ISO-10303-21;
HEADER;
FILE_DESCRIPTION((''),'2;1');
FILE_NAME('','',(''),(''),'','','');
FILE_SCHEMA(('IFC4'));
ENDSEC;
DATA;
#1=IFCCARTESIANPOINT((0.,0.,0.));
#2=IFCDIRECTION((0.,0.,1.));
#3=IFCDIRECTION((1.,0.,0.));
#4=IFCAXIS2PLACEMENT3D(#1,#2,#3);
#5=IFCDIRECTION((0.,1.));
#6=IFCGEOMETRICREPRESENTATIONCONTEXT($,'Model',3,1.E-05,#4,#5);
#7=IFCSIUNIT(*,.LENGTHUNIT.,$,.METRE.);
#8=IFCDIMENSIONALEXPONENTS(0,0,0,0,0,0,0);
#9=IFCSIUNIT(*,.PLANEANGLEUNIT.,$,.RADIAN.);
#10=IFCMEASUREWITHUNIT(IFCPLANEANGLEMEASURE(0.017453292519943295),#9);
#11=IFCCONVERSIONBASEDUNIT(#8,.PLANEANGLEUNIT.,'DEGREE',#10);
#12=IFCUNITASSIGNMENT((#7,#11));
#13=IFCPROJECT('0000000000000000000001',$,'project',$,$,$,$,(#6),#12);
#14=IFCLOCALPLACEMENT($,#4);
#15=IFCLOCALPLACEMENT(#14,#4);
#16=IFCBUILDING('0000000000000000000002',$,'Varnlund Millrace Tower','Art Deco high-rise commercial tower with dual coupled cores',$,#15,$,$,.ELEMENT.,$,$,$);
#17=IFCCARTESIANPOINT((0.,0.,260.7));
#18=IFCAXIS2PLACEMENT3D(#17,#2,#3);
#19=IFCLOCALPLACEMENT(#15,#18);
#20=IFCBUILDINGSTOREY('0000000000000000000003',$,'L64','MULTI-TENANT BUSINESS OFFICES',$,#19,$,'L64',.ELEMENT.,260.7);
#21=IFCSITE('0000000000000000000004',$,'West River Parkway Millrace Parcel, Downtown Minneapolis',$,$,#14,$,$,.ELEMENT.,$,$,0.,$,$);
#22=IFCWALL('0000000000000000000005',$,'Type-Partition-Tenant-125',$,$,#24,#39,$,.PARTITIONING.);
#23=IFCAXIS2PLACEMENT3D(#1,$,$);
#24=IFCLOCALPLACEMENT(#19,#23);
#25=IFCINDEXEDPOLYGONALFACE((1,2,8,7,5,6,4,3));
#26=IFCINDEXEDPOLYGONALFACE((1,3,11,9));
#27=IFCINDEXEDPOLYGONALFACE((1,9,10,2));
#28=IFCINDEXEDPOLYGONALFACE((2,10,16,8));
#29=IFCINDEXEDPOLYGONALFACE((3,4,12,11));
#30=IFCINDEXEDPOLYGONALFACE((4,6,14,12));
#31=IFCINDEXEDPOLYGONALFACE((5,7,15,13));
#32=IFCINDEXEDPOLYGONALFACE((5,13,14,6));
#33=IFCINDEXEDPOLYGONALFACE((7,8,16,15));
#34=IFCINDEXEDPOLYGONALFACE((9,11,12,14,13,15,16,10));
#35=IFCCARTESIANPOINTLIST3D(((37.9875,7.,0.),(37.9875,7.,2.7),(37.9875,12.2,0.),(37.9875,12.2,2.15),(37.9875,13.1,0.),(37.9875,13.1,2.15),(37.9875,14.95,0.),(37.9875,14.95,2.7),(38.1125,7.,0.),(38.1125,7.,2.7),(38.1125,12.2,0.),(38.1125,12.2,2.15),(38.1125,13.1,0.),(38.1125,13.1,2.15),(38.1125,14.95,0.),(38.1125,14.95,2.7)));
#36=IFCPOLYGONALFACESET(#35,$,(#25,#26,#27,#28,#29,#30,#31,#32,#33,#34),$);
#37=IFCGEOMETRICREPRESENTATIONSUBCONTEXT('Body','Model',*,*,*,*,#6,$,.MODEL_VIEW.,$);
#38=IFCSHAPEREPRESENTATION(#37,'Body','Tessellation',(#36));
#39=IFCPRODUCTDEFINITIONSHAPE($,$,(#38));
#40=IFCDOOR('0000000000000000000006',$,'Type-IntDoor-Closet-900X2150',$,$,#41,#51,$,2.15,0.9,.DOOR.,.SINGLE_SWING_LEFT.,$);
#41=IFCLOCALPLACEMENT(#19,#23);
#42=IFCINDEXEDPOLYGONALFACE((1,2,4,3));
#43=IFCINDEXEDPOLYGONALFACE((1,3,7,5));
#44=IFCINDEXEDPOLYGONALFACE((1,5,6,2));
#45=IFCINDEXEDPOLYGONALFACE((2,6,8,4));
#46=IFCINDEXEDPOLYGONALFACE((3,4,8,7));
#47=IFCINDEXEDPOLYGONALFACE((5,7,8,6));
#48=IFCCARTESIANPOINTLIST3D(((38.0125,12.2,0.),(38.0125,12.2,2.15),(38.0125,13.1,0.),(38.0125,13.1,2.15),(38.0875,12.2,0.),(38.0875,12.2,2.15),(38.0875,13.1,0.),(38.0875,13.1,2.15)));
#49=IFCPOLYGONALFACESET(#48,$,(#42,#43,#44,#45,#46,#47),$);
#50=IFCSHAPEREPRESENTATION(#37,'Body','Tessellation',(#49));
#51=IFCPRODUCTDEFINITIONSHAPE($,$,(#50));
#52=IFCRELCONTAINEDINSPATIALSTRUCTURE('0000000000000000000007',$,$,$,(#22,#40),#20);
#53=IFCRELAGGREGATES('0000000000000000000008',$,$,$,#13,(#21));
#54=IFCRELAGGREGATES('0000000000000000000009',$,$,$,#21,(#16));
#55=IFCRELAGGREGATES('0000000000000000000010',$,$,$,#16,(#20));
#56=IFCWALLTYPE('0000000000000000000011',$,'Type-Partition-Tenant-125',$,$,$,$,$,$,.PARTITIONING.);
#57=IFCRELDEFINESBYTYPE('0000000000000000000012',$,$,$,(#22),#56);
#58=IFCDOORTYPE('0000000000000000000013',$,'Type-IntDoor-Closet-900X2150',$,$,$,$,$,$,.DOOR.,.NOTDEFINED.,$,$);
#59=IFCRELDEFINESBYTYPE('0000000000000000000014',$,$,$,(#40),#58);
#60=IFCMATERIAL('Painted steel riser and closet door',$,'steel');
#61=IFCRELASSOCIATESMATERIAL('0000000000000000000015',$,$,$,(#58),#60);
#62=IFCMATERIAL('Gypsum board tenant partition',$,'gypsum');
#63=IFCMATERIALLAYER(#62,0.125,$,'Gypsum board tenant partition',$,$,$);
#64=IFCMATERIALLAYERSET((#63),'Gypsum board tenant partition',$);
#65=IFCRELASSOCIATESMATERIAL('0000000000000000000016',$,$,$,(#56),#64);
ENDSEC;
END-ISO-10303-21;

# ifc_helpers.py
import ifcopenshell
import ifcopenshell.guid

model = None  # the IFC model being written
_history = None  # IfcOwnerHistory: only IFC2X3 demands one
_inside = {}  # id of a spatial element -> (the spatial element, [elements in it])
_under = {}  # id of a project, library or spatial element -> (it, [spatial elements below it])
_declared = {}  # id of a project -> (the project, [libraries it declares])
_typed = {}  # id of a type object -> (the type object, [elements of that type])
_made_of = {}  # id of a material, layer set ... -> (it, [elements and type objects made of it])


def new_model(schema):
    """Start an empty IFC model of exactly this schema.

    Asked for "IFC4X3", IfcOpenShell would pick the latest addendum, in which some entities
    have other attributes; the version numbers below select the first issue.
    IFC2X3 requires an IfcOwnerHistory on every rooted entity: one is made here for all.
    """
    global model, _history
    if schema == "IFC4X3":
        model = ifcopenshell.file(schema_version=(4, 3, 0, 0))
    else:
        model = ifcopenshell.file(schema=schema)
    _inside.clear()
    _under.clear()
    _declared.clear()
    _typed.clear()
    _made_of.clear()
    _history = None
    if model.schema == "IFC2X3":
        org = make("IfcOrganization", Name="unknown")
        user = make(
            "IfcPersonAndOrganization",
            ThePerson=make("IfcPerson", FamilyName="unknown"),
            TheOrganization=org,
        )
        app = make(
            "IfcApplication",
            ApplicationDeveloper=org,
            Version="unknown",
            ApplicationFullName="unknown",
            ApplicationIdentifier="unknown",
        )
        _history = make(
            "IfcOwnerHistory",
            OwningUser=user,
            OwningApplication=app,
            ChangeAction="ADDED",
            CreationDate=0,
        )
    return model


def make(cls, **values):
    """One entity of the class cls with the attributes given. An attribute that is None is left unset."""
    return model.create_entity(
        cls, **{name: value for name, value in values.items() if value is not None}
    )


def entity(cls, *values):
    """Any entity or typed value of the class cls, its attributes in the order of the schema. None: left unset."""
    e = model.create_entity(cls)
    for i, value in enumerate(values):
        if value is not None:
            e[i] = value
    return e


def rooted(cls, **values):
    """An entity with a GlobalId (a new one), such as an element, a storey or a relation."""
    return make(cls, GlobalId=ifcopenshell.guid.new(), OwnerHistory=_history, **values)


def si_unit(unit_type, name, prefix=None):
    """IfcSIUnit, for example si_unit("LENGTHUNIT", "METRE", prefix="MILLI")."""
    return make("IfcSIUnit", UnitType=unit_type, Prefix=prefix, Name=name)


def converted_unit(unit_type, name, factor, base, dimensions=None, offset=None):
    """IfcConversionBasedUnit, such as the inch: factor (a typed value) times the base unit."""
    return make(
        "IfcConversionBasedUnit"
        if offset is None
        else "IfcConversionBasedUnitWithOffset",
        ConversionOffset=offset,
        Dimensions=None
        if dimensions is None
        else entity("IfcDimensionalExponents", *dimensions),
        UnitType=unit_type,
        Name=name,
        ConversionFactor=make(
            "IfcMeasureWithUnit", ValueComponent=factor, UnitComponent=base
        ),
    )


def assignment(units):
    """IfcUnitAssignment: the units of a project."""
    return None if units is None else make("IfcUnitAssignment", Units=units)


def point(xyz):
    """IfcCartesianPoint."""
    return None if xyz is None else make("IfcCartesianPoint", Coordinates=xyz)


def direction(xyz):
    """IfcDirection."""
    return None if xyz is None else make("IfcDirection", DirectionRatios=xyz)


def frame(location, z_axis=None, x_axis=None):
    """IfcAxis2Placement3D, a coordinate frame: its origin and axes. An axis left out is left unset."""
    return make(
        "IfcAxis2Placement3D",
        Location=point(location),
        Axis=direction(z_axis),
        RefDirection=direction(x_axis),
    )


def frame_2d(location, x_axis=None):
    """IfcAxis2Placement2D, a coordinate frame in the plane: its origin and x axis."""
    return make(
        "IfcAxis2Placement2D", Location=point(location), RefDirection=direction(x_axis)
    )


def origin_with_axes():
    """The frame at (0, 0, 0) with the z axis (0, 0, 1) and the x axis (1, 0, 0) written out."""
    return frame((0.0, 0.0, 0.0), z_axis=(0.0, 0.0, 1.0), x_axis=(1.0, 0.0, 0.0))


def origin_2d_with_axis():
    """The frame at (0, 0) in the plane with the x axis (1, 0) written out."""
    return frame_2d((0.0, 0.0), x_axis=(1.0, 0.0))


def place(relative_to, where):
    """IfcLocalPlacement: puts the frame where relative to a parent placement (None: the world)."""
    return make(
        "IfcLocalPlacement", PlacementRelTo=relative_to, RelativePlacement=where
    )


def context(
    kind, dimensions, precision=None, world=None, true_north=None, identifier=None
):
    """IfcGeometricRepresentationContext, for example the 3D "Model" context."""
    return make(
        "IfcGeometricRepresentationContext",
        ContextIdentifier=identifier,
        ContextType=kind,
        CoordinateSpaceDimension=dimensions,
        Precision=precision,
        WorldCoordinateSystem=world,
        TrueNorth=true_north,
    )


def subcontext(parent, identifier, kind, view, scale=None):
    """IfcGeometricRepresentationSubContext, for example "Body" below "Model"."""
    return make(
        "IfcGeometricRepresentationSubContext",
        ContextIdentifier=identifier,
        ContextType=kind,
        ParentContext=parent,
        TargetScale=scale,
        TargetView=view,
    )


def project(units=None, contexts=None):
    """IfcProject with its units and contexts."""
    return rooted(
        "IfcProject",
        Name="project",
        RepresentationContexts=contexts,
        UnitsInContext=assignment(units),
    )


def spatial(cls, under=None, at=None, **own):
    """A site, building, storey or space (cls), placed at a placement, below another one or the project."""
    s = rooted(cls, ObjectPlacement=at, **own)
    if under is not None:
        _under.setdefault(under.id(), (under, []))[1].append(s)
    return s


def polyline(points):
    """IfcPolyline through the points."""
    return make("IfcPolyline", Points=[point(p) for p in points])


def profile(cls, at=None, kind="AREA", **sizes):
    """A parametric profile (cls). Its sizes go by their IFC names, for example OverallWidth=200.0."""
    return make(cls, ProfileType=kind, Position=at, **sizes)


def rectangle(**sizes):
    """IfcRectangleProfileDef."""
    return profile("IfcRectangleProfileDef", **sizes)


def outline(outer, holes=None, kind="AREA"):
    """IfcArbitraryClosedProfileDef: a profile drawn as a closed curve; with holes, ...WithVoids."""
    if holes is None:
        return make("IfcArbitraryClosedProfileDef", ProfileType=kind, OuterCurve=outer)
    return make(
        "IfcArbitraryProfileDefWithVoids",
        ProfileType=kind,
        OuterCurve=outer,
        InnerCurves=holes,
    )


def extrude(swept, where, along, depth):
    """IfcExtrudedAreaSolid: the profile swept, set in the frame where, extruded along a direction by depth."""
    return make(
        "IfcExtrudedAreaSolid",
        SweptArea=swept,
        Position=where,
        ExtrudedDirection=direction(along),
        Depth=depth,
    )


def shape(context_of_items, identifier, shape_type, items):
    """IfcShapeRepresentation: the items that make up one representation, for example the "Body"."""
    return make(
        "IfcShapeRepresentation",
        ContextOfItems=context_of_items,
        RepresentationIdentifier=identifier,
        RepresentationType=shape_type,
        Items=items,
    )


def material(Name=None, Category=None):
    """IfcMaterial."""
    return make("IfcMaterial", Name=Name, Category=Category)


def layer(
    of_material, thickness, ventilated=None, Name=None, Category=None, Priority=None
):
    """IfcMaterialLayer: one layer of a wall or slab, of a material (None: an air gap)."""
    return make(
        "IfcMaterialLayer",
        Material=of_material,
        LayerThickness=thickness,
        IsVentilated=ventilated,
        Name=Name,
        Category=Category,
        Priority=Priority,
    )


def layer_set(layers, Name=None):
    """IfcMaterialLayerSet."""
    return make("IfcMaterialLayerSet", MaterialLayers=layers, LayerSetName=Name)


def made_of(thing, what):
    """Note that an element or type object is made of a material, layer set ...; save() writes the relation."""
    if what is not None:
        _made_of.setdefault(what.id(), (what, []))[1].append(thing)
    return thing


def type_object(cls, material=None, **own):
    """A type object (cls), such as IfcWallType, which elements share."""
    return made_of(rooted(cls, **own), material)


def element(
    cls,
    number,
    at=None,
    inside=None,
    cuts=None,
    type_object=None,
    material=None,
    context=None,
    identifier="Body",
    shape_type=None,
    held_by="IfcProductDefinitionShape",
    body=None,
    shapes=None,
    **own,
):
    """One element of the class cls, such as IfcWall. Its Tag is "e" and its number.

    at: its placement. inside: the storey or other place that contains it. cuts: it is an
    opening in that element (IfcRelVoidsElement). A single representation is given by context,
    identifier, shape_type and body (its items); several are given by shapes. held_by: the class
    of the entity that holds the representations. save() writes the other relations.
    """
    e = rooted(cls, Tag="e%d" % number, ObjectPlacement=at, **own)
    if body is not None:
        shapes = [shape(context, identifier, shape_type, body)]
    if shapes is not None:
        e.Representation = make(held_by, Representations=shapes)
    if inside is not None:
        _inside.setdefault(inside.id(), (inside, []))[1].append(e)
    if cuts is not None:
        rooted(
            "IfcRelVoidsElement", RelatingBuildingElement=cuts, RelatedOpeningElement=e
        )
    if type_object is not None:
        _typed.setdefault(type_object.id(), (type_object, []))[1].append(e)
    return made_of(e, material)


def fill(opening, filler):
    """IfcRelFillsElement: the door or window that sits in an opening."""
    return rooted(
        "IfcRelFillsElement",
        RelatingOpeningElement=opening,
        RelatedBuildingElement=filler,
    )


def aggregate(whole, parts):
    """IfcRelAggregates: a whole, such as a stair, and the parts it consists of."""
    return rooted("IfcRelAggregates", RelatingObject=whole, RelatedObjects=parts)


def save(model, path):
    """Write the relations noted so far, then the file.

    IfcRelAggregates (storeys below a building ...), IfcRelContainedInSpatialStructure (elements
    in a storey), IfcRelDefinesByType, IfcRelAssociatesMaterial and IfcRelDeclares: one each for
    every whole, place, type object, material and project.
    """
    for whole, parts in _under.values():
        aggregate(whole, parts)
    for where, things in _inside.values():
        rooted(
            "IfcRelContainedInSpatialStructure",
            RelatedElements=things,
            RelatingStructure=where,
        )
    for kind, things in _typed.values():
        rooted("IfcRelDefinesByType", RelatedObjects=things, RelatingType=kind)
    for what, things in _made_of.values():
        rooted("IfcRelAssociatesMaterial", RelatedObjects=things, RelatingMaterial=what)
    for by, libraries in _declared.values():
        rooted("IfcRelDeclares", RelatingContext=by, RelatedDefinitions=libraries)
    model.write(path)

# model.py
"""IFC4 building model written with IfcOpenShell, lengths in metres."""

from ifc_helpers import new_model, entity, si_unit, converted_unit, direction, frame, origin_with_axes, origin_2d_with_axis, place, context, subcontext, project, spatial, polyline, rectangle, outline, extrude, material, layer, layer_set, type_object, element, fill, save


model = new_model("IFC4")

# Units and contexts
model_context = context("Model", 3, precision=1e-05, world=origin_with_axes(), true_north=direction((0.0, 1.0)))
body_context = subcontext(model_context, "Body", "Model", "MODEL_VIEW")
ifc_project = project(units=[si_unit("LENGTHUNIT", "METRE"), converted_unit("PLANEANGLEUNIT", "DEGREE", entity("IfcPlaneAngleMeasure", 0.017453292519943295), si_unit("PLANEANGLEUNIT", "RADIAN"), dimensions=[0, 0, 0, 0, 0, 0, 0])], contexts=[model_context])

# Site, building, storey
site_placement = place(None, origin_with_axes())
site = spatial("IfcSite", under=ifc_project, at=site_placement, Name="West River Parkway Millrace Parcel, Downtown Minneapolis", CompositionType="ELEMENT", RefElevation=0.0)
building_placement = place(site_placement, origin_with_axes())
building = spatial("IfcBuilding", under=site, at=building_placement, Name="Varnlund Millrace Tower", Description="Art Deco high-rise commercial tower with dual coupled cores", CompositionType="ELEMENT")
storey_placement = place(building_placement, frame((0.0, 0.0, 260.7), z_axis=(0.0, 0.0, 1.0), x_axis=(1.0, 0.0, 0.0)))
storey = spatial("IfcBuildingStorey", under=building, at=storey_placement, Name="L64", Description="MULTI-TENANT BUSINESS OFFICES", LongName="L64", CompositionType="ELEMENT", Elevation=260.7)

# Shared definitions
ifc_material_1 = material(Name="Painted steel riser and closet door", Category="steel")
door_type = type_object("IfcDoorType", Name="Type-IntDoor-Closet-900X2150", OperationType="NOTDEFINED", PredefinedType="DOOR", material=ifc_material_1)

# Shared definitions
ifc_material_2 = material(Name="Gypsum board tenant partition", Category="gypsum")
ifc_layer_1 = layer(ifc_material_2, 0.125, Name="Gypsum board tenant partition")
ifc_layer_set_1 = layer_set([ifc_layer_1], Name="Gypsum board tenant partition")
wall_type_1 = type_object("IfcWallType", Name="Type-Partition-Tenant-125", PredefinedType="PARTITIONING", material=ifc_layer_set_1)

# Wall, opening, door
wall_1_placement = place(storey_placement, frame((38.05, 7.0, 0.0), z_axis=(0.0, 0.0, 1.0), x_axis=(0.0, 1.0, 0.0)))
wall_1 = element("IfcWall", 1, at=wall_1_placement, inside=storey, type_object=wall_type_1, Name="Type-Partition-Tenant-125", PredefinedType="PARTITIONING", context=body_context, shape_type="SweptSolid", body=[
    extrude(outline(polyline([(0.0, -0.0625), (7.95, -0.0625), (7.95, 0.0625), (0.0, 0.0625), (0.0, -0.0625)])), origin_with_axes(), (0.0, 0.0, 1.0), 2.7),
])
opening_1_placement = place(wall_1_placement, frame((5.65, 0.0, 0.0), z_axis=(0.0, 0.0, 1.0), x_axis=(1.0, 0.0, 0.0)))
opening_1 = element("IfcOpeningElement", 2, at=opening_1_placement, cuts=wall_1, PredefinedType="OPENING", context=body_context, shape_type="SweptSolid", body=[
    extrude(rectangle(XDim=0.9, YDim=0.145, at=origin_2d_with_axis()), origin_with_axes(), (0.0, 0.0, 1.0), 2.15),
])
door_1_placement = place(wall_1_placement, frame((5.65, 0.0, 0.0), z_axis=(0.0, 0.0, 1.0), x_axis=(1.0, 0.0, 0.0)))
door_1 = element("IfcDoor", 3, at=door_1_placement, inside=storey, type_object=door_type, Name="Type-IntDoor-Closet-900X2150", OperationType="SINGLE_SWING_LEFT", OverallHeight=2.15, OverallWidth=0.9, PredefinedType="DOOR", context=body_context, shape_type="SweptSolid", body=[
    extrude(rectangle(XDim=0.9, YDim=0.075, at=origin_2d_with_axis()), origin_with_axes(), (0.0, 0.0, 1.0), 2.15),
])
fill(opening_1, door_1)

save(model, "model.ifc")
